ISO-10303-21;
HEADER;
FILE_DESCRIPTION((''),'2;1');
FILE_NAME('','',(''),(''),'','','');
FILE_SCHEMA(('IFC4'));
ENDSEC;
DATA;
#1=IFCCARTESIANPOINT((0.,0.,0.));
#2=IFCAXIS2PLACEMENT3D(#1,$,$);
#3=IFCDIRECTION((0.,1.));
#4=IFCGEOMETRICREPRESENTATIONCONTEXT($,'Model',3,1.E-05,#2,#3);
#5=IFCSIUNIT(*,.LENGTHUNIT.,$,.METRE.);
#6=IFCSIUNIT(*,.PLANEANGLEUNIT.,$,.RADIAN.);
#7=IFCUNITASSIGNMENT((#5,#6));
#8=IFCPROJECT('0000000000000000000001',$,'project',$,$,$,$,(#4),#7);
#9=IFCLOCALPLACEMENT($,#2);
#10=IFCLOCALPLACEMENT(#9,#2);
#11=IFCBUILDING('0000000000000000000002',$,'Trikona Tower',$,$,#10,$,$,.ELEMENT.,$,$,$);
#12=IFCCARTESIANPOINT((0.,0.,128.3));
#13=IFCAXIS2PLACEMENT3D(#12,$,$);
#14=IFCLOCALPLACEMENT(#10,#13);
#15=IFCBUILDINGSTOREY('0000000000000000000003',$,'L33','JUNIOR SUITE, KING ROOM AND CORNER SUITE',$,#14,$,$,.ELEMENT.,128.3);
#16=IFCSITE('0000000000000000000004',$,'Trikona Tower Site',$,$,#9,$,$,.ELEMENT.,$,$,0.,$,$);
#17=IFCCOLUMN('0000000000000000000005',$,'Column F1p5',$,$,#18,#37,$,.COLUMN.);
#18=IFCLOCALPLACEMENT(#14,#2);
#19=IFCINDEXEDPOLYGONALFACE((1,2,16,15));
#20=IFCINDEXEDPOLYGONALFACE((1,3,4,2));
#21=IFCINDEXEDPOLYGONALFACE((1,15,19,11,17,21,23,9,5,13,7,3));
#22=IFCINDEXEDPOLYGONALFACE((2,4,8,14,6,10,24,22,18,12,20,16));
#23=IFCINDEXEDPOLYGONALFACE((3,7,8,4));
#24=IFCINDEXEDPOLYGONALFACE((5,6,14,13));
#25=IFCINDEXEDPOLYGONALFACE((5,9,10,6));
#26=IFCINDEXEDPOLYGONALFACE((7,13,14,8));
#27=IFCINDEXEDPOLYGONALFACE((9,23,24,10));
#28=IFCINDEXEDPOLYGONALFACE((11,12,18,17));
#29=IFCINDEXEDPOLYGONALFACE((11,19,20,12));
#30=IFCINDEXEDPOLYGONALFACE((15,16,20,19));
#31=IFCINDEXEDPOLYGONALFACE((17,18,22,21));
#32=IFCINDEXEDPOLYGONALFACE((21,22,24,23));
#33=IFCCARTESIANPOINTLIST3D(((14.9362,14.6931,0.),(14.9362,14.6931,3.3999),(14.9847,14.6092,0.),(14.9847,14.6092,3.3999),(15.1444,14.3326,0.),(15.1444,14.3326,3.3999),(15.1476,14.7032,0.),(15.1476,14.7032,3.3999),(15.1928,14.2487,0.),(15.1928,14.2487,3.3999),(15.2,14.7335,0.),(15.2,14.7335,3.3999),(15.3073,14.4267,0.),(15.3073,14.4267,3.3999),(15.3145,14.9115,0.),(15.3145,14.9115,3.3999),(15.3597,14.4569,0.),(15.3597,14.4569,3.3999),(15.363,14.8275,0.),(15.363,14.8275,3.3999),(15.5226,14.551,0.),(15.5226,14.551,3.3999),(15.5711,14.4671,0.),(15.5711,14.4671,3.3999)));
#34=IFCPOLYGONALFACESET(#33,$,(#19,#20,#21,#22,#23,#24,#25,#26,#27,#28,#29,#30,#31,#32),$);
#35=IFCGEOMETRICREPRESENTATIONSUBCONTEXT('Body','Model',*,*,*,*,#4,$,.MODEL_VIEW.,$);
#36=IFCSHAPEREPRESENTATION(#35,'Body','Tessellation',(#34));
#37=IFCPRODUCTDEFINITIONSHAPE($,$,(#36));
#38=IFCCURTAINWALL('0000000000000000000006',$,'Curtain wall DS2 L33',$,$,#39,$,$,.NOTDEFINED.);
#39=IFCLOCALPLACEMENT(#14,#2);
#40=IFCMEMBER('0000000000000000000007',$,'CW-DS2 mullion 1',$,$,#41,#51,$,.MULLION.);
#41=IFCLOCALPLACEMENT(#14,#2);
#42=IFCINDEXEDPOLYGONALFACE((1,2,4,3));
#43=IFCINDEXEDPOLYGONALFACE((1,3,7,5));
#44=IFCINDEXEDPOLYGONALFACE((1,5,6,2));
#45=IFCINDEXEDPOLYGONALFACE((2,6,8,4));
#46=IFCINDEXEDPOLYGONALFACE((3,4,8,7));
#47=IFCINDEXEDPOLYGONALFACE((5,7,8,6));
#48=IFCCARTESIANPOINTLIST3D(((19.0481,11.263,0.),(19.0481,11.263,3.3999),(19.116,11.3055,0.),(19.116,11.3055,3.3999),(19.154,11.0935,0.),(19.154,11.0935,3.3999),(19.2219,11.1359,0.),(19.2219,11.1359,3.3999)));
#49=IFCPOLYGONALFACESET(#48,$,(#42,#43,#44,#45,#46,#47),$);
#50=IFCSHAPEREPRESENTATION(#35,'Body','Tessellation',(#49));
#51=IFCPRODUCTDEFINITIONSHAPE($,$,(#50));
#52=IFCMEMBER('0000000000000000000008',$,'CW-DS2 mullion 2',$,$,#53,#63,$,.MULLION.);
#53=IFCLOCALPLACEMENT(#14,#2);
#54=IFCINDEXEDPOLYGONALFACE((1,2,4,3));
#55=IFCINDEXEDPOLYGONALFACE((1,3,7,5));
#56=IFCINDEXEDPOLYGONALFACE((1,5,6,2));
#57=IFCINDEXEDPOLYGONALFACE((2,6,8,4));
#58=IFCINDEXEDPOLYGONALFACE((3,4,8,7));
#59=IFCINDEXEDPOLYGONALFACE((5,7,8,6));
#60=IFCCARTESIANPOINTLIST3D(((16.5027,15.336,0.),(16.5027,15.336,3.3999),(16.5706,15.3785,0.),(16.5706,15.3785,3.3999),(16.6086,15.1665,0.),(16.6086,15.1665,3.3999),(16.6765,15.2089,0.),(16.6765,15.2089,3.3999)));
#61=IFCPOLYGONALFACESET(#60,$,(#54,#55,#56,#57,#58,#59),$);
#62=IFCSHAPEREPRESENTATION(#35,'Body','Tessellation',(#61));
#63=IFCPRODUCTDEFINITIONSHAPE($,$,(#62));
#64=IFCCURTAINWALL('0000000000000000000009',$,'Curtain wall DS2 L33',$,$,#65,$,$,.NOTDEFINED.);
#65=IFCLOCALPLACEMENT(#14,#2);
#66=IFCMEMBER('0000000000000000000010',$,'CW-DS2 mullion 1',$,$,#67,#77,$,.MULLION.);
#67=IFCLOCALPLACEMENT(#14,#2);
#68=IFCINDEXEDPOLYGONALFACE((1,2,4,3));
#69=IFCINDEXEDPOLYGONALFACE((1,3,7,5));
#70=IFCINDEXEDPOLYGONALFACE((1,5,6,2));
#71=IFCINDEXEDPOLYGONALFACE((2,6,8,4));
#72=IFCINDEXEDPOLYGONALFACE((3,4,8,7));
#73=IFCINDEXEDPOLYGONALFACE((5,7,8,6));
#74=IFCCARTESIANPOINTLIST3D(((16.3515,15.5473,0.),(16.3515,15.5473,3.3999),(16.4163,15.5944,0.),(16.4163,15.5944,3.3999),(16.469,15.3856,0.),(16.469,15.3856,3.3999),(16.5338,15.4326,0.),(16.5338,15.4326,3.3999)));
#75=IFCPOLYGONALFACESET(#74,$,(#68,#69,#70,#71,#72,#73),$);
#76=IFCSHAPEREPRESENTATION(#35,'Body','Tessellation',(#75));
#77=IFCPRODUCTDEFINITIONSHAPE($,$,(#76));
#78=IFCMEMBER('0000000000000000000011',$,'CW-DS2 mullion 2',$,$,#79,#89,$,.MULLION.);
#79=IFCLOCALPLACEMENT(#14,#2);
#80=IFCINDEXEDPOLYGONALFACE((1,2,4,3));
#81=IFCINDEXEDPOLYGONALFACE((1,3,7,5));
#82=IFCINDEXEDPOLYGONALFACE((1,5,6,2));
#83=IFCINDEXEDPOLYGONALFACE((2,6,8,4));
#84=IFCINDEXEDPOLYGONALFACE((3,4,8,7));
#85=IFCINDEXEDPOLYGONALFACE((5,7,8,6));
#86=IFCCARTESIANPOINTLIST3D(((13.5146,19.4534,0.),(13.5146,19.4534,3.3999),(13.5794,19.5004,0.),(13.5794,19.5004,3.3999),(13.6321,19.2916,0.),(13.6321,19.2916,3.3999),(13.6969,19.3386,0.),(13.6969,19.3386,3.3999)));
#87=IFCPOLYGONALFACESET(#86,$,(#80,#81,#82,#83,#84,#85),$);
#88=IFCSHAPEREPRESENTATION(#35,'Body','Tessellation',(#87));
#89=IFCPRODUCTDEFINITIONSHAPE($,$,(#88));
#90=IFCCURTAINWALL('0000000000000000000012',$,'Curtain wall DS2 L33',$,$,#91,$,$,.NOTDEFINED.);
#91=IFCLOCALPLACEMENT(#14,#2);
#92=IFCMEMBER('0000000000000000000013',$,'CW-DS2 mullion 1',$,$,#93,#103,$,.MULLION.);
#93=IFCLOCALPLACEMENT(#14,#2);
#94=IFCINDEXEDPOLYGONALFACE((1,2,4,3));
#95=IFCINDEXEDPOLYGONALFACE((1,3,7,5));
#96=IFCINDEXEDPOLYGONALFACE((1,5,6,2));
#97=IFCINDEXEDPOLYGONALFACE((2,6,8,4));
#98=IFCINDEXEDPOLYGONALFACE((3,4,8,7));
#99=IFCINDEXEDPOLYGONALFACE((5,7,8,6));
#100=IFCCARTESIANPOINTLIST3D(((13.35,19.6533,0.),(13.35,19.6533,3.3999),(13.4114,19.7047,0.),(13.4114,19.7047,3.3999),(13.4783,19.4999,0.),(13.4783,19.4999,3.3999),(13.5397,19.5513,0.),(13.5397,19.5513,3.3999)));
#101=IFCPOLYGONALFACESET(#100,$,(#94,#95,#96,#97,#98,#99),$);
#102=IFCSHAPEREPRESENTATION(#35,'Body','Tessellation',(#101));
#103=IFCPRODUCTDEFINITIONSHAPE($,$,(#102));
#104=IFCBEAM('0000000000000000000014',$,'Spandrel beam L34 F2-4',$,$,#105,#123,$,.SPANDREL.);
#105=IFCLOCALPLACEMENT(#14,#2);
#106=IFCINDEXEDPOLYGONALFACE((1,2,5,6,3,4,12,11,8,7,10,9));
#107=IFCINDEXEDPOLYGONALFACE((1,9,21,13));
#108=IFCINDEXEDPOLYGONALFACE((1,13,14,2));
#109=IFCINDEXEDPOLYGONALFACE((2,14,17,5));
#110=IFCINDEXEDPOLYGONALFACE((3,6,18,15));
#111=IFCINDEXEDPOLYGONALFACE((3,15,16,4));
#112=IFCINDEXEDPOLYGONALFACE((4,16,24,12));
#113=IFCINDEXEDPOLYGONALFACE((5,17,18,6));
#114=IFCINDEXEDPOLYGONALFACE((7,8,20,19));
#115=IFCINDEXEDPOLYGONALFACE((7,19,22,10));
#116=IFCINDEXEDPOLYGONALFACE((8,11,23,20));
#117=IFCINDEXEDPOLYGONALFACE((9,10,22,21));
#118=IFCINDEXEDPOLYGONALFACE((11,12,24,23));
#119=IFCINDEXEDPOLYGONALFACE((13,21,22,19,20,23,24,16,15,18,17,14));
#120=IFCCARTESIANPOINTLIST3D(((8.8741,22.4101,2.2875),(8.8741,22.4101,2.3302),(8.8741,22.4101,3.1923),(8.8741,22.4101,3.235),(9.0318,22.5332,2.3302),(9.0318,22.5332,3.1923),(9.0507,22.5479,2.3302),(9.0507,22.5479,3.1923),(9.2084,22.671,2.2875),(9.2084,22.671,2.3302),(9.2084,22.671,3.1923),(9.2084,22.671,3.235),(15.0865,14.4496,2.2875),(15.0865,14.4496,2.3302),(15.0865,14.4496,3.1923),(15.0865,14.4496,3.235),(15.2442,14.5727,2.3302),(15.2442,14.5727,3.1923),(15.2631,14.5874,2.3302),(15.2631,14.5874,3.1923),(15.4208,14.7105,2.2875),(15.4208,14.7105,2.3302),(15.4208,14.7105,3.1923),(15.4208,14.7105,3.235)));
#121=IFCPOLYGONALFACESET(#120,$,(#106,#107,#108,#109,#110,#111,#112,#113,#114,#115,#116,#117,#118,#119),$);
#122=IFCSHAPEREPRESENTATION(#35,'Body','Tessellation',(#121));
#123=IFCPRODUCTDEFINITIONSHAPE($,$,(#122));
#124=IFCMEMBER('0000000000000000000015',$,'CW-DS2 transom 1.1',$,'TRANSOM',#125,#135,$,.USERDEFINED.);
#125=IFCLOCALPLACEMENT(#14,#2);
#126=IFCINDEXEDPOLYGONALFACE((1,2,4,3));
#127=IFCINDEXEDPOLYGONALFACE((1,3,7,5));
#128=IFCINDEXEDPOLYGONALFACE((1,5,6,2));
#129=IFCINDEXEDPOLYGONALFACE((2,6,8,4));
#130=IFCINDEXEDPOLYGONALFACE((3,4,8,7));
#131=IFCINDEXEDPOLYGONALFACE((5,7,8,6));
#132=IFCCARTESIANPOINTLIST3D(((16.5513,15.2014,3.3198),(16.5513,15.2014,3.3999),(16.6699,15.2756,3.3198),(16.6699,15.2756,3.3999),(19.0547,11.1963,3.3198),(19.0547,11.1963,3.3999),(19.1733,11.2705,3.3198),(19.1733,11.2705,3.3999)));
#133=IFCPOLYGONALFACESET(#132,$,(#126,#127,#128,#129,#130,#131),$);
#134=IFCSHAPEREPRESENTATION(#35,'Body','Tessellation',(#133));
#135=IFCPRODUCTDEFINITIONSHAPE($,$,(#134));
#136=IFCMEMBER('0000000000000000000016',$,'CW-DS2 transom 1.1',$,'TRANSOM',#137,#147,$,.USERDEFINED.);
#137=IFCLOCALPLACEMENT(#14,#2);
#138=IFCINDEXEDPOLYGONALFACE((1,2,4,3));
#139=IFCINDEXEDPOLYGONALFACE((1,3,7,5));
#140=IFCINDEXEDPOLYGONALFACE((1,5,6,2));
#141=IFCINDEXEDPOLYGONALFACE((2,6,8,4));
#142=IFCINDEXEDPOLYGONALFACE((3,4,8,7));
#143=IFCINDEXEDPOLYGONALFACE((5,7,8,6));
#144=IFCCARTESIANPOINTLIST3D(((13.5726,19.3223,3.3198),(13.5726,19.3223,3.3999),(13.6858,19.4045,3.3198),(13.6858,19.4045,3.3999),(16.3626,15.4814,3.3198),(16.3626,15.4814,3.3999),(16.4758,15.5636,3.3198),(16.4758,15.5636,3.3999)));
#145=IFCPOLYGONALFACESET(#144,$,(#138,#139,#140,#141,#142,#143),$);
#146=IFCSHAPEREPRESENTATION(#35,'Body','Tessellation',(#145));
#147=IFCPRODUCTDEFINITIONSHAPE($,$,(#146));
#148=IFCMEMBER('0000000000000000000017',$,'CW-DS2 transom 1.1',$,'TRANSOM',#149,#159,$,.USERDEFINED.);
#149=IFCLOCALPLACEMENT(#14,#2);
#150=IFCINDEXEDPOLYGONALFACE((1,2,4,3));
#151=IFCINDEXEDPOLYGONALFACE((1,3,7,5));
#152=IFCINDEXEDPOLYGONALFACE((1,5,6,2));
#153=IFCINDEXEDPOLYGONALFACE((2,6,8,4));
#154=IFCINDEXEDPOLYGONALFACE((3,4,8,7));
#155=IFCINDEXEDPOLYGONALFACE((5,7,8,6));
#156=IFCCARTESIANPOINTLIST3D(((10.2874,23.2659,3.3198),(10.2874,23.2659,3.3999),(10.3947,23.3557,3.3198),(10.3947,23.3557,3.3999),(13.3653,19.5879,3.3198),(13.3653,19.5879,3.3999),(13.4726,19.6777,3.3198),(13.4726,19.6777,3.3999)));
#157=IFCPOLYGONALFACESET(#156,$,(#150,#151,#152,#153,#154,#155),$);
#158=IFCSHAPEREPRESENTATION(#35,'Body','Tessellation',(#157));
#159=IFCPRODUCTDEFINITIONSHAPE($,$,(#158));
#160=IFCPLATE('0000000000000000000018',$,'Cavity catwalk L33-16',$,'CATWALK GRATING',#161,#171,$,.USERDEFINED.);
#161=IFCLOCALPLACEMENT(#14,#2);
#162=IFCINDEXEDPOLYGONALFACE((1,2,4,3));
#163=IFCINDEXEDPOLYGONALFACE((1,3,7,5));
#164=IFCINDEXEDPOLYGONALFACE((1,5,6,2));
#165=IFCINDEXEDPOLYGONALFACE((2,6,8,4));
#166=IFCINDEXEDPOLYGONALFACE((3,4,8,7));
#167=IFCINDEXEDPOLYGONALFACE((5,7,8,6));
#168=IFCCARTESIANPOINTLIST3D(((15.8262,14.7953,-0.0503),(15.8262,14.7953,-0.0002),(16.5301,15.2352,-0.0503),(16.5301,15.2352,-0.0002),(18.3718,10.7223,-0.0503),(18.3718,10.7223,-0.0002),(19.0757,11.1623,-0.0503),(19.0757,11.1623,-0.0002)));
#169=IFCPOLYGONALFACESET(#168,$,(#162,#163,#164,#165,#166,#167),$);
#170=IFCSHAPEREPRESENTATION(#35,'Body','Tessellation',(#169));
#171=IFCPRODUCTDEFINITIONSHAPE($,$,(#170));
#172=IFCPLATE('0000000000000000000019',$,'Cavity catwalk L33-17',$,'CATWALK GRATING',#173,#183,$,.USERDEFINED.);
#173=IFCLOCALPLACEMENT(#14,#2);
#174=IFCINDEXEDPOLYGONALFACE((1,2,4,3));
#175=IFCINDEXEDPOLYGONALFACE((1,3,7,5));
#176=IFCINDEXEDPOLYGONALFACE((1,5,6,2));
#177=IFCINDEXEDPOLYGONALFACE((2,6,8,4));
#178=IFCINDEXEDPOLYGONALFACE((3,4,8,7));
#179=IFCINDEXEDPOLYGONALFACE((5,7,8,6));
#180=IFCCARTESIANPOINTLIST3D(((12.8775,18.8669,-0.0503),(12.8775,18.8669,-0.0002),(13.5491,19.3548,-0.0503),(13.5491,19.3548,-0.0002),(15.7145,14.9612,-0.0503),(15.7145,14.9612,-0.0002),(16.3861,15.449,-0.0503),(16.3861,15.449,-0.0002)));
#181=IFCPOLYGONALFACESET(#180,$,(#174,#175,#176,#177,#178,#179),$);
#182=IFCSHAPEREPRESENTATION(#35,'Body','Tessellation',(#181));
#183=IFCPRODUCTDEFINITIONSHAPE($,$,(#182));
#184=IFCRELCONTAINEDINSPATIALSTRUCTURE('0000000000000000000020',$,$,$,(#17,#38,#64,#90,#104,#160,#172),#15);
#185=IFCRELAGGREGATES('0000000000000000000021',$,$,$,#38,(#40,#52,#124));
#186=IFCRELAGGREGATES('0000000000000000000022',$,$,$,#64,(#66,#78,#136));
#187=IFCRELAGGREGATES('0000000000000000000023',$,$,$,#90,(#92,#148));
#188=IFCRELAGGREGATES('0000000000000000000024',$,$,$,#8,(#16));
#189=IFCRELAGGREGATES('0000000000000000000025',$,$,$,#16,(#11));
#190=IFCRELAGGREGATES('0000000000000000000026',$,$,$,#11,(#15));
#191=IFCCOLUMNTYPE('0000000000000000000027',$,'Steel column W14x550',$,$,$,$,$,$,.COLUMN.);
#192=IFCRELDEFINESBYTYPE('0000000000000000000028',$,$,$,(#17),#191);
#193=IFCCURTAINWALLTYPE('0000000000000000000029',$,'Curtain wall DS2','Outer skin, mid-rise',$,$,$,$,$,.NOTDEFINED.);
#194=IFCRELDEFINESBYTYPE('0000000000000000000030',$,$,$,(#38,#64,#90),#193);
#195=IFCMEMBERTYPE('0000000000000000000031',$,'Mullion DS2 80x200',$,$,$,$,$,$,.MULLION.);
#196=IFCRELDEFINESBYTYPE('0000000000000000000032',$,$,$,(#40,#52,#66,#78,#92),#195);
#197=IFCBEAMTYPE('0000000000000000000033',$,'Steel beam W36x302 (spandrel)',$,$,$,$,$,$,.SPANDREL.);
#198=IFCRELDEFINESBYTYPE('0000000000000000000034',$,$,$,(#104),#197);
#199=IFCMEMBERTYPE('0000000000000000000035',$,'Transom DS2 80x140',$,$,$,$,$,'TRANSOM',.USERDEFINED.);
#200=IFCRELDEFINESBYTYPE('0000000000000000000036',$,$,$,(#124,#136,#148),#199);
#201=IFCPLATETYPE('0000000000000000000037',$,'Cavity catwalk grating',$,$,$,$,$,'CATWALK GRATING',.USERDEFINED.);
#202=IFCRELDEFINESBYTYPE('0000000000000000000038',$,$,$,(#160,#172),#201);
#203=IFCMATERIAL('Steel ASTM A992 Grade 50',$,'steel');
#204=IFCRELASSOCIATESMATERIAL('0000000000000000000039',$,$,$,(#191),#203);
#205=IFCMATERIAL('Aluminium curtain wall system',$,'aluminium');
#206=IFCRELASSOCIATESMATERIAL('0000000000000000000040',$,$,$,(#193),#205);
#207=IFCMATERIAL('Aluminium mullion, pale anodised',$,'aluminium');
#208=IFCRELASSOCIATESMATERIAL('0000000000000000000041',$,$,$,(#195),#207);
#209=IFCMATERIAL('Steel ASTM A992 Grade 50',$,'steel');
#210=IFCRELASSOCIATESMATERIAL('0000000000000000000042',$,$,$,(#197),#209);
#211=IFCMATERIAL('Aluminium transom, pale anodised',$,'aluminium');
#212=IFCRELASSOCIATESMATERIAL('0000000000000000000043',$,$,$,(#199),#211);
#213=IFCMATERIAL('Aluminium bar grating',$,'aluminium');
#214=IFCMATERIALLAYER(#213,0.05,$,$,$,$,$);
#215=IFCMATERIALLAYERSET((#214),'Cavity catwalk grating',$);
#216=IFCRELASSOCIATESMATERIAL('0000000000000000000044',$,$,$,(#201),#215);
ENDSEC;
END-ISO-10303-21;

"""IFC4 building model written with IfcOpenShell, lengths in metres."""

from ifc_helpers import new_model, si_unit, direction, frame, origin, origin_2d, place, context, subcontext, project, spatial, rectangle, i_section, extrude, material, layer, layer_set, material_profile, profile_set, type_object, element, aggregate, save


model = new_model("IFC4")

# Units and contexts
model_context = context("Model", 3, precision=1e-05, world=origin(), true_north=direction((0.0, 1.0)))
body_context = subcontext(model_context, "Body", "Model", "MODEL_VIEW")
ifc_project = project(units=[si_unit("LENGTHUNIT", "METRE"), si_unit("PLANEANGLEUNIT", "RADIAN")], contexts=[model_context])

# Site, building, storey
site_placement = place(None, origin())
site = spatial("IfcSite", under=ifc_project, at=site_placement, Name="Trikona Tower Site", CompositionType="ELEMENT", RefElevation=0.0)
building_placement = place(site_placement, origin())
building = spatial("IfcBuilding", under=site, at=building_placement, Name="Trikona Tower", CompositionType="ELEMENT")
storey_placement = place(building_placement, frame((0.0, 0.0, 128.3)))
storey = spatial("IfcBuildingStorey", under=building, at=storey_placement, Name="L33", Description="JUNIOR SUITE, KING ROOM AND CORNER SUITE", CompositionType="ELEMENT", Elevation=128.3)

# Column
ifc_material_1 = material(Name="Steel ASTM A992 Grade 50", Category="steel")
ifc_material_profile_1 = material_profile(ifc_material_1, i_section(OverallWidth=0.4368, OverallDepth=0.5132, WebThickness=0.0605, FlangeThickness=0.0969, at=origin_2d()), Name="W14X550")
ifc_profile_set_1 = profile_set([ifc_material_profile_1], Name="Steel ASTM A992 Grade 50")
column_type = type_object("IfcColumnType", Name="Steel column W14x550", PredefinedType="COLUMN", material=ifc_profile_set_1)
column_placement = place(storey_placement, frame((15.2537, 14.5801, 0.0), z_axis=(0.0, 0.0, 1.0), x_axis=(0.866025, 0.5, 0.0)))
element("IfcColumn", 1, at=column_placement, inside=storey, type_object=column_type, Name="Column F1p5", PredefinedType="COLUMN", context=body_context, shape_type="SweptSolid", body=[
    extrude(i_section(OverallWidth=0.4368, OverallDepth=0.5132, WebThickness=0.0605, FlangeThickness=0.0969, at=origin_2d()), origin(), (0.0, 0.0, 1.0), 3.3999),
])

# Curtain walls, members
ifc_material_2 = material(Name="Aluminium curtain wall system", Category="aluminium")
curtain_wall_type = type_object("IfcCurtainWallType", Name="Curtain wall DS2", Description="Outer skin, mid-rise", PredefinedType="NOTDEFINED", material=ifc_material_2)
curtain_wall_1_placement = place(storey_placement, origin())
curtain_wall_1 = element("IfcCurtainWall", 2, at=curtain_wall_1_placement, inside=storey, type_object=curtain_wall_type, Name="Curtain wall DS2 L33", PredefinedType="NOTDEFINED")
ifc_material_3 = material(Name="Aluminium mullion, pale anodised", Category="aluminium")
ifc_material_profile_2 = material_profile(ifc_material_3, rectangle(XDim=0.0801, YDim=0.2, at=origin_2d()), Name="MUL-DS2")
ifc_profile_set_2 = profile_set([ifc_material_profile_2], Name="Aluminium mullion, pale anodised")
member_type_1 = type_object("IfcMemberType", Name="Mullion DS2 80x200", PredefinedType="MULLION", material=ifc_profile_set_2)
member_1_placement = place(storey_placement, frame((19.135, 11.1995, 0.0), z_axis=(0.0, 0.0, 1.0), x_axis=(-0.847998, -0.529999, 0.0)))
member_1 = element("IfcMember", 3, at=member_1_placement, type_object=member_type_1, Name="CW-DS2 mullion 1", PredefinedType="MULLION", context=body_context, shape_type="SweptSolid", body=[
    extrude(rectangle(XDim=0.0801, YDim=0.2, at=origin_2d()), origin(), (0.0, 0.0, 1.0), 3.3999),
])
member_2_placement = place(storey_placement, frame((16.5896, 15.2725, 0.0), z_axis=(0.0, 0.0, 1.0), x_axis=(-0.847998, -0.529999, 0.0)))
member_2 = element("IfcMember", 4, at=member_2_placement, type_object=member_type_1, Name="CW-DS2 mullion 2", PredefinedType="MULLION", context=body_context, shape_type="SweptSolid", body=[
    extrude(rectangle(XDim=0.0801, YDim=0.2, at=origin_2d()), origin(), (0.0, 0.0, 1.0), 3.3999),
])
curtain_wall_2_placement = place(storey_placement, origin())
curtain_wall_2 = element("IfcCurtainWall", 5, at=curtain_wall_2_placement, inside=storey, type_object=curtain_wall_type, Name="Curtain wall DS2 L33", PredefinedType="NOTDEFINED")
member_3_placement = place(storey_placement, frame((16.4426, 15.49, 0.0), z_axis=(0.0, 0.0, 1.0), x_axis=(-0.809086, -0.587691, 0.0)))
member_3 = element("IfcMember", 6, at=member_3_placement, type_object=member_type_1, Name="CW-DS2 mullion 1", PredefinedType="MULLION", context=body_context, shape_type="SweptSolid", body=[
    extrude(rectangle(XDim=0.0801, YDim=0.2, at=origin_2d()), origin(), (0.0, 0.0, 1.0), 3.3999),
])
member_4_placement = place(storey_placement, frame((13.6057, 19.396, 0.0), z_axis=(0.0, 0.0, 1.0), x_axis=(-0.809086, -0.587691, 0.0)))
member_4 = element("IfcMember", 7, at=member_4_placement, type_object=member_type_1, Name="CW-DS2 mullion 2", PredefinedType="MULLION", context=body_context, shape_type="SweptSolid", body=[
    extrude(rectangle(XDim=0.0801, YDim=0.2, at=origin_2d()), origin(), (0.0, 0.0, 1.0), 3.3999),
])

# Curtain wall, member
curtain_wall_3_placement = place(storey_placement, origin())
curtain_wall_3 = element("IfcCurtainWall", 8, at=curtain_wall_3_placement, inside=storey, type_object=curtain_wall_type, Name="Curtain wall DS2 L33", PredefinedType="NOTDEFINED")
member_5_placement = place(storey_placement, frame((13.4448, 19.6023, 0.0), z_axis=(0.0, 0.0, 1.0), x_axis=(-0.766867, -0.641806, 0.0)))
member_5 = element("IfcMember", 9, at=member_5_placement, type_object=member_type_1, Name="CW-DS2 mullion 1", PredefinedType="MULLION", context=body_context, shape_type="SweptSolid", body=[
    extrude(rectangle(XDim=0.0801, YDim=0.2, at=origin_2d()), origin(), (0.0, 0.0, 1.0), 3.3999),
])

# Beam
ifc_material_4 = material(Name="Steel ASTM A992 Grade 50", Category="steel")
ifc_material_profile_3 = material_profile(ifc_material_4, i_section(OverallWidth=0.4241, OverallDepth=0.9475, WebThickness=0.0239, FlangeThickness=0.0427, at=origin_2d()), Name="W36X302")
ifc_profile_set_3 = profile_set([ifc_material_profile_3], Name="Steel ASTM A992 Grade 50")
beam_type = type_object("IfcBeamType", Name="Steel beam W36x302 (spandrel)", PredefinedType="SPANDREL", material=ifc_profile_set_3)
beam_placement = place(storey_placement, frame((15.2537, 14.5801, 2.7612), z_axis=(-0.615232, 0.788346, 0.0), x_axis=(-0.788346, -0.615232, 0.0)))
element("IfcBeam", 10, at=beam_placement, inside=storey, type_object=beam_type, Name="Spandrel beam L34 F2-4", PredefinedType="SPANDREL", context=body_context, shape_type="SweptSolid", body=[
    extrude(i_section(OverallWidth=0.4241, OverallDepth=0.9475, WebThickness=0.0239, FlangeThickness=0.0427, at=origin_2d()), origin(), (0.0, 0.0, 1.0), 10.0977),
])

# Members
ifc_material_5 = material(Name="Aluminium transom, pale anodised", Category="aluminium")
ifc_material_profile_4 = material_profile(ifc_material_5, rectangle(XDim=0.1399, YDim=0.0801, at=origin_2d()), Name="TRN-DS2")
ifc_profile_set_4 = profile_set([ifc_material_profile_4], Name="Aluminium transom, pale anodised")
member_type_2 = type_object("IfcMemberType", Name="Transom DS2 80x140", ElementType="TRANSOM", PredefinedType="USERDEFINED", material=ifc_profile_set_4)
member_6_placement = place(storey_placement, frame((19.114, 11.2334, 3.3599), z_axis=(-0.530031, 0.847978, 0.0), x_axis=(-0.847978, -0.530031, 0.0)))
member_6 = element("IfcMember", 11, at=member_6_placement, type_object=member_type_2, Name="CW-DS2 transom 1.1", ObjectType="TRANSOM", PredefinedType="USERDEFINED", context=body_context, shape_type="SweptSolid", body=[
    extrude(rectangle(XDim=0.1399, YDim=0.0801, at=origin_2d()), origin(), (0.0, 0.0, 1.0), 4.7231),
])
member_7_placement = place(storey_placement, frame((16.4192, 15.5225, 3.3599), z_axis=(-0.587695, 0.809083, 0.0), x_axis=(-0.809083, -0.587695, 0.0)))
member_7 = element("IfcMember", 12, at=member_7_placement, type_object=member_type_2, Name="CW-DS2 transom 1.1", ObjectType="TRANSOM", PredefinedType="USERDEFINED", context=body_context, shape_type="SweptSolid", body=[
    extrude(rectangle(XDim=0.1399, YDim=0.0801, at=origin_2d()), origin(), (0.0, 0.0, 1.0), 4.7473),
])
member_8_placement = place(storey_placement, frame((13.4189, 19.6328, 3.3599), z_axis=(-0.64177, 0.766897, 0.0), x_axis=(-0.766897, -0.64177, 0.0)))
member_8 = element("IfcMember", 13, at=member_8_placement, type_object=member_type_2, Name="CW-DS2 transom 1.1", ObjectType="TRANSOM", PredefinedType="USERDEFINED", context=body_context, shape_type="SweptSolid", body=[
    extrude(rectangle(XDim=0.1399, YDim=0.0801, at=origin_2d()), origin(), (0.0, 0.0, 1.0), 4.7959),
])

# Plates
ifc_material_6 = material(Name="Aluminium bar grating", Category="aluminium")
ifc_layer_1 = layer(ifc_material_6, 0.05)
ifc_layer_set_1 = layer_set([ifc_layer_1], Name="Cavity catwalk grating")
plate_type_1 = type_object("IfcPlateType", Name="Cavity catwalk grating", ElementType="CATWALK GRATING", PredefinedType="USERDEFINED", material=ifc_layer_set_1)
plate_1_placement = place(storey_placement, frame((17.4509, 12.9788, -0.0503), z_axis=(0.0, 0.0, 1.0), x_axis=(-0.529995, 0.848001, 0.0)))
element("IfcPlate", 14, at=plate_1_placement, inside=storey, type_object=plate_type_1, Name="Cavity catwalk L33-16", ObjectType="CATWALK GRATING", PredefinedType="USERDEFINED", context=body_context, shape_type="SweptSolid", body=[
    extrude(rectangle(XDim=4.803, YDim=0.8301, at=origin_2d()), origin(), (0.0, 0.0, 1.0), 0.05),
])
plate_2_placement = place(storey_placement, frame((14.6318, 17.158, -0.0503), z_axis=(0.0, 0.0, 1.0), x_axis=(-0.587686, 0.809089, 0.0)))
element("IfcPlate", 15, at=plate_2_placement, inside=storey, type_object=plate_type_1, Name="Cavity catwalk L33-17", ObjectType="CATWALK GRATING", PredefinedType="USERDEFINED", context=body_context, shape_type="SweptSolid", body=[
    extrude(rectangle(XDim=4.8274, YDim=0.8301, at=origin_2d()), origin(), (0.0, 0.0, 1.0), 0.05),
])

aggregate(curtain_wall_1, [member_1, member_2, member_6])
aggregate(curtain_wall_2, [member_3, member_4, member_7])
aggregate(curtain_wall_3, [member_5, member_8])

save(model, "model.ifc")
